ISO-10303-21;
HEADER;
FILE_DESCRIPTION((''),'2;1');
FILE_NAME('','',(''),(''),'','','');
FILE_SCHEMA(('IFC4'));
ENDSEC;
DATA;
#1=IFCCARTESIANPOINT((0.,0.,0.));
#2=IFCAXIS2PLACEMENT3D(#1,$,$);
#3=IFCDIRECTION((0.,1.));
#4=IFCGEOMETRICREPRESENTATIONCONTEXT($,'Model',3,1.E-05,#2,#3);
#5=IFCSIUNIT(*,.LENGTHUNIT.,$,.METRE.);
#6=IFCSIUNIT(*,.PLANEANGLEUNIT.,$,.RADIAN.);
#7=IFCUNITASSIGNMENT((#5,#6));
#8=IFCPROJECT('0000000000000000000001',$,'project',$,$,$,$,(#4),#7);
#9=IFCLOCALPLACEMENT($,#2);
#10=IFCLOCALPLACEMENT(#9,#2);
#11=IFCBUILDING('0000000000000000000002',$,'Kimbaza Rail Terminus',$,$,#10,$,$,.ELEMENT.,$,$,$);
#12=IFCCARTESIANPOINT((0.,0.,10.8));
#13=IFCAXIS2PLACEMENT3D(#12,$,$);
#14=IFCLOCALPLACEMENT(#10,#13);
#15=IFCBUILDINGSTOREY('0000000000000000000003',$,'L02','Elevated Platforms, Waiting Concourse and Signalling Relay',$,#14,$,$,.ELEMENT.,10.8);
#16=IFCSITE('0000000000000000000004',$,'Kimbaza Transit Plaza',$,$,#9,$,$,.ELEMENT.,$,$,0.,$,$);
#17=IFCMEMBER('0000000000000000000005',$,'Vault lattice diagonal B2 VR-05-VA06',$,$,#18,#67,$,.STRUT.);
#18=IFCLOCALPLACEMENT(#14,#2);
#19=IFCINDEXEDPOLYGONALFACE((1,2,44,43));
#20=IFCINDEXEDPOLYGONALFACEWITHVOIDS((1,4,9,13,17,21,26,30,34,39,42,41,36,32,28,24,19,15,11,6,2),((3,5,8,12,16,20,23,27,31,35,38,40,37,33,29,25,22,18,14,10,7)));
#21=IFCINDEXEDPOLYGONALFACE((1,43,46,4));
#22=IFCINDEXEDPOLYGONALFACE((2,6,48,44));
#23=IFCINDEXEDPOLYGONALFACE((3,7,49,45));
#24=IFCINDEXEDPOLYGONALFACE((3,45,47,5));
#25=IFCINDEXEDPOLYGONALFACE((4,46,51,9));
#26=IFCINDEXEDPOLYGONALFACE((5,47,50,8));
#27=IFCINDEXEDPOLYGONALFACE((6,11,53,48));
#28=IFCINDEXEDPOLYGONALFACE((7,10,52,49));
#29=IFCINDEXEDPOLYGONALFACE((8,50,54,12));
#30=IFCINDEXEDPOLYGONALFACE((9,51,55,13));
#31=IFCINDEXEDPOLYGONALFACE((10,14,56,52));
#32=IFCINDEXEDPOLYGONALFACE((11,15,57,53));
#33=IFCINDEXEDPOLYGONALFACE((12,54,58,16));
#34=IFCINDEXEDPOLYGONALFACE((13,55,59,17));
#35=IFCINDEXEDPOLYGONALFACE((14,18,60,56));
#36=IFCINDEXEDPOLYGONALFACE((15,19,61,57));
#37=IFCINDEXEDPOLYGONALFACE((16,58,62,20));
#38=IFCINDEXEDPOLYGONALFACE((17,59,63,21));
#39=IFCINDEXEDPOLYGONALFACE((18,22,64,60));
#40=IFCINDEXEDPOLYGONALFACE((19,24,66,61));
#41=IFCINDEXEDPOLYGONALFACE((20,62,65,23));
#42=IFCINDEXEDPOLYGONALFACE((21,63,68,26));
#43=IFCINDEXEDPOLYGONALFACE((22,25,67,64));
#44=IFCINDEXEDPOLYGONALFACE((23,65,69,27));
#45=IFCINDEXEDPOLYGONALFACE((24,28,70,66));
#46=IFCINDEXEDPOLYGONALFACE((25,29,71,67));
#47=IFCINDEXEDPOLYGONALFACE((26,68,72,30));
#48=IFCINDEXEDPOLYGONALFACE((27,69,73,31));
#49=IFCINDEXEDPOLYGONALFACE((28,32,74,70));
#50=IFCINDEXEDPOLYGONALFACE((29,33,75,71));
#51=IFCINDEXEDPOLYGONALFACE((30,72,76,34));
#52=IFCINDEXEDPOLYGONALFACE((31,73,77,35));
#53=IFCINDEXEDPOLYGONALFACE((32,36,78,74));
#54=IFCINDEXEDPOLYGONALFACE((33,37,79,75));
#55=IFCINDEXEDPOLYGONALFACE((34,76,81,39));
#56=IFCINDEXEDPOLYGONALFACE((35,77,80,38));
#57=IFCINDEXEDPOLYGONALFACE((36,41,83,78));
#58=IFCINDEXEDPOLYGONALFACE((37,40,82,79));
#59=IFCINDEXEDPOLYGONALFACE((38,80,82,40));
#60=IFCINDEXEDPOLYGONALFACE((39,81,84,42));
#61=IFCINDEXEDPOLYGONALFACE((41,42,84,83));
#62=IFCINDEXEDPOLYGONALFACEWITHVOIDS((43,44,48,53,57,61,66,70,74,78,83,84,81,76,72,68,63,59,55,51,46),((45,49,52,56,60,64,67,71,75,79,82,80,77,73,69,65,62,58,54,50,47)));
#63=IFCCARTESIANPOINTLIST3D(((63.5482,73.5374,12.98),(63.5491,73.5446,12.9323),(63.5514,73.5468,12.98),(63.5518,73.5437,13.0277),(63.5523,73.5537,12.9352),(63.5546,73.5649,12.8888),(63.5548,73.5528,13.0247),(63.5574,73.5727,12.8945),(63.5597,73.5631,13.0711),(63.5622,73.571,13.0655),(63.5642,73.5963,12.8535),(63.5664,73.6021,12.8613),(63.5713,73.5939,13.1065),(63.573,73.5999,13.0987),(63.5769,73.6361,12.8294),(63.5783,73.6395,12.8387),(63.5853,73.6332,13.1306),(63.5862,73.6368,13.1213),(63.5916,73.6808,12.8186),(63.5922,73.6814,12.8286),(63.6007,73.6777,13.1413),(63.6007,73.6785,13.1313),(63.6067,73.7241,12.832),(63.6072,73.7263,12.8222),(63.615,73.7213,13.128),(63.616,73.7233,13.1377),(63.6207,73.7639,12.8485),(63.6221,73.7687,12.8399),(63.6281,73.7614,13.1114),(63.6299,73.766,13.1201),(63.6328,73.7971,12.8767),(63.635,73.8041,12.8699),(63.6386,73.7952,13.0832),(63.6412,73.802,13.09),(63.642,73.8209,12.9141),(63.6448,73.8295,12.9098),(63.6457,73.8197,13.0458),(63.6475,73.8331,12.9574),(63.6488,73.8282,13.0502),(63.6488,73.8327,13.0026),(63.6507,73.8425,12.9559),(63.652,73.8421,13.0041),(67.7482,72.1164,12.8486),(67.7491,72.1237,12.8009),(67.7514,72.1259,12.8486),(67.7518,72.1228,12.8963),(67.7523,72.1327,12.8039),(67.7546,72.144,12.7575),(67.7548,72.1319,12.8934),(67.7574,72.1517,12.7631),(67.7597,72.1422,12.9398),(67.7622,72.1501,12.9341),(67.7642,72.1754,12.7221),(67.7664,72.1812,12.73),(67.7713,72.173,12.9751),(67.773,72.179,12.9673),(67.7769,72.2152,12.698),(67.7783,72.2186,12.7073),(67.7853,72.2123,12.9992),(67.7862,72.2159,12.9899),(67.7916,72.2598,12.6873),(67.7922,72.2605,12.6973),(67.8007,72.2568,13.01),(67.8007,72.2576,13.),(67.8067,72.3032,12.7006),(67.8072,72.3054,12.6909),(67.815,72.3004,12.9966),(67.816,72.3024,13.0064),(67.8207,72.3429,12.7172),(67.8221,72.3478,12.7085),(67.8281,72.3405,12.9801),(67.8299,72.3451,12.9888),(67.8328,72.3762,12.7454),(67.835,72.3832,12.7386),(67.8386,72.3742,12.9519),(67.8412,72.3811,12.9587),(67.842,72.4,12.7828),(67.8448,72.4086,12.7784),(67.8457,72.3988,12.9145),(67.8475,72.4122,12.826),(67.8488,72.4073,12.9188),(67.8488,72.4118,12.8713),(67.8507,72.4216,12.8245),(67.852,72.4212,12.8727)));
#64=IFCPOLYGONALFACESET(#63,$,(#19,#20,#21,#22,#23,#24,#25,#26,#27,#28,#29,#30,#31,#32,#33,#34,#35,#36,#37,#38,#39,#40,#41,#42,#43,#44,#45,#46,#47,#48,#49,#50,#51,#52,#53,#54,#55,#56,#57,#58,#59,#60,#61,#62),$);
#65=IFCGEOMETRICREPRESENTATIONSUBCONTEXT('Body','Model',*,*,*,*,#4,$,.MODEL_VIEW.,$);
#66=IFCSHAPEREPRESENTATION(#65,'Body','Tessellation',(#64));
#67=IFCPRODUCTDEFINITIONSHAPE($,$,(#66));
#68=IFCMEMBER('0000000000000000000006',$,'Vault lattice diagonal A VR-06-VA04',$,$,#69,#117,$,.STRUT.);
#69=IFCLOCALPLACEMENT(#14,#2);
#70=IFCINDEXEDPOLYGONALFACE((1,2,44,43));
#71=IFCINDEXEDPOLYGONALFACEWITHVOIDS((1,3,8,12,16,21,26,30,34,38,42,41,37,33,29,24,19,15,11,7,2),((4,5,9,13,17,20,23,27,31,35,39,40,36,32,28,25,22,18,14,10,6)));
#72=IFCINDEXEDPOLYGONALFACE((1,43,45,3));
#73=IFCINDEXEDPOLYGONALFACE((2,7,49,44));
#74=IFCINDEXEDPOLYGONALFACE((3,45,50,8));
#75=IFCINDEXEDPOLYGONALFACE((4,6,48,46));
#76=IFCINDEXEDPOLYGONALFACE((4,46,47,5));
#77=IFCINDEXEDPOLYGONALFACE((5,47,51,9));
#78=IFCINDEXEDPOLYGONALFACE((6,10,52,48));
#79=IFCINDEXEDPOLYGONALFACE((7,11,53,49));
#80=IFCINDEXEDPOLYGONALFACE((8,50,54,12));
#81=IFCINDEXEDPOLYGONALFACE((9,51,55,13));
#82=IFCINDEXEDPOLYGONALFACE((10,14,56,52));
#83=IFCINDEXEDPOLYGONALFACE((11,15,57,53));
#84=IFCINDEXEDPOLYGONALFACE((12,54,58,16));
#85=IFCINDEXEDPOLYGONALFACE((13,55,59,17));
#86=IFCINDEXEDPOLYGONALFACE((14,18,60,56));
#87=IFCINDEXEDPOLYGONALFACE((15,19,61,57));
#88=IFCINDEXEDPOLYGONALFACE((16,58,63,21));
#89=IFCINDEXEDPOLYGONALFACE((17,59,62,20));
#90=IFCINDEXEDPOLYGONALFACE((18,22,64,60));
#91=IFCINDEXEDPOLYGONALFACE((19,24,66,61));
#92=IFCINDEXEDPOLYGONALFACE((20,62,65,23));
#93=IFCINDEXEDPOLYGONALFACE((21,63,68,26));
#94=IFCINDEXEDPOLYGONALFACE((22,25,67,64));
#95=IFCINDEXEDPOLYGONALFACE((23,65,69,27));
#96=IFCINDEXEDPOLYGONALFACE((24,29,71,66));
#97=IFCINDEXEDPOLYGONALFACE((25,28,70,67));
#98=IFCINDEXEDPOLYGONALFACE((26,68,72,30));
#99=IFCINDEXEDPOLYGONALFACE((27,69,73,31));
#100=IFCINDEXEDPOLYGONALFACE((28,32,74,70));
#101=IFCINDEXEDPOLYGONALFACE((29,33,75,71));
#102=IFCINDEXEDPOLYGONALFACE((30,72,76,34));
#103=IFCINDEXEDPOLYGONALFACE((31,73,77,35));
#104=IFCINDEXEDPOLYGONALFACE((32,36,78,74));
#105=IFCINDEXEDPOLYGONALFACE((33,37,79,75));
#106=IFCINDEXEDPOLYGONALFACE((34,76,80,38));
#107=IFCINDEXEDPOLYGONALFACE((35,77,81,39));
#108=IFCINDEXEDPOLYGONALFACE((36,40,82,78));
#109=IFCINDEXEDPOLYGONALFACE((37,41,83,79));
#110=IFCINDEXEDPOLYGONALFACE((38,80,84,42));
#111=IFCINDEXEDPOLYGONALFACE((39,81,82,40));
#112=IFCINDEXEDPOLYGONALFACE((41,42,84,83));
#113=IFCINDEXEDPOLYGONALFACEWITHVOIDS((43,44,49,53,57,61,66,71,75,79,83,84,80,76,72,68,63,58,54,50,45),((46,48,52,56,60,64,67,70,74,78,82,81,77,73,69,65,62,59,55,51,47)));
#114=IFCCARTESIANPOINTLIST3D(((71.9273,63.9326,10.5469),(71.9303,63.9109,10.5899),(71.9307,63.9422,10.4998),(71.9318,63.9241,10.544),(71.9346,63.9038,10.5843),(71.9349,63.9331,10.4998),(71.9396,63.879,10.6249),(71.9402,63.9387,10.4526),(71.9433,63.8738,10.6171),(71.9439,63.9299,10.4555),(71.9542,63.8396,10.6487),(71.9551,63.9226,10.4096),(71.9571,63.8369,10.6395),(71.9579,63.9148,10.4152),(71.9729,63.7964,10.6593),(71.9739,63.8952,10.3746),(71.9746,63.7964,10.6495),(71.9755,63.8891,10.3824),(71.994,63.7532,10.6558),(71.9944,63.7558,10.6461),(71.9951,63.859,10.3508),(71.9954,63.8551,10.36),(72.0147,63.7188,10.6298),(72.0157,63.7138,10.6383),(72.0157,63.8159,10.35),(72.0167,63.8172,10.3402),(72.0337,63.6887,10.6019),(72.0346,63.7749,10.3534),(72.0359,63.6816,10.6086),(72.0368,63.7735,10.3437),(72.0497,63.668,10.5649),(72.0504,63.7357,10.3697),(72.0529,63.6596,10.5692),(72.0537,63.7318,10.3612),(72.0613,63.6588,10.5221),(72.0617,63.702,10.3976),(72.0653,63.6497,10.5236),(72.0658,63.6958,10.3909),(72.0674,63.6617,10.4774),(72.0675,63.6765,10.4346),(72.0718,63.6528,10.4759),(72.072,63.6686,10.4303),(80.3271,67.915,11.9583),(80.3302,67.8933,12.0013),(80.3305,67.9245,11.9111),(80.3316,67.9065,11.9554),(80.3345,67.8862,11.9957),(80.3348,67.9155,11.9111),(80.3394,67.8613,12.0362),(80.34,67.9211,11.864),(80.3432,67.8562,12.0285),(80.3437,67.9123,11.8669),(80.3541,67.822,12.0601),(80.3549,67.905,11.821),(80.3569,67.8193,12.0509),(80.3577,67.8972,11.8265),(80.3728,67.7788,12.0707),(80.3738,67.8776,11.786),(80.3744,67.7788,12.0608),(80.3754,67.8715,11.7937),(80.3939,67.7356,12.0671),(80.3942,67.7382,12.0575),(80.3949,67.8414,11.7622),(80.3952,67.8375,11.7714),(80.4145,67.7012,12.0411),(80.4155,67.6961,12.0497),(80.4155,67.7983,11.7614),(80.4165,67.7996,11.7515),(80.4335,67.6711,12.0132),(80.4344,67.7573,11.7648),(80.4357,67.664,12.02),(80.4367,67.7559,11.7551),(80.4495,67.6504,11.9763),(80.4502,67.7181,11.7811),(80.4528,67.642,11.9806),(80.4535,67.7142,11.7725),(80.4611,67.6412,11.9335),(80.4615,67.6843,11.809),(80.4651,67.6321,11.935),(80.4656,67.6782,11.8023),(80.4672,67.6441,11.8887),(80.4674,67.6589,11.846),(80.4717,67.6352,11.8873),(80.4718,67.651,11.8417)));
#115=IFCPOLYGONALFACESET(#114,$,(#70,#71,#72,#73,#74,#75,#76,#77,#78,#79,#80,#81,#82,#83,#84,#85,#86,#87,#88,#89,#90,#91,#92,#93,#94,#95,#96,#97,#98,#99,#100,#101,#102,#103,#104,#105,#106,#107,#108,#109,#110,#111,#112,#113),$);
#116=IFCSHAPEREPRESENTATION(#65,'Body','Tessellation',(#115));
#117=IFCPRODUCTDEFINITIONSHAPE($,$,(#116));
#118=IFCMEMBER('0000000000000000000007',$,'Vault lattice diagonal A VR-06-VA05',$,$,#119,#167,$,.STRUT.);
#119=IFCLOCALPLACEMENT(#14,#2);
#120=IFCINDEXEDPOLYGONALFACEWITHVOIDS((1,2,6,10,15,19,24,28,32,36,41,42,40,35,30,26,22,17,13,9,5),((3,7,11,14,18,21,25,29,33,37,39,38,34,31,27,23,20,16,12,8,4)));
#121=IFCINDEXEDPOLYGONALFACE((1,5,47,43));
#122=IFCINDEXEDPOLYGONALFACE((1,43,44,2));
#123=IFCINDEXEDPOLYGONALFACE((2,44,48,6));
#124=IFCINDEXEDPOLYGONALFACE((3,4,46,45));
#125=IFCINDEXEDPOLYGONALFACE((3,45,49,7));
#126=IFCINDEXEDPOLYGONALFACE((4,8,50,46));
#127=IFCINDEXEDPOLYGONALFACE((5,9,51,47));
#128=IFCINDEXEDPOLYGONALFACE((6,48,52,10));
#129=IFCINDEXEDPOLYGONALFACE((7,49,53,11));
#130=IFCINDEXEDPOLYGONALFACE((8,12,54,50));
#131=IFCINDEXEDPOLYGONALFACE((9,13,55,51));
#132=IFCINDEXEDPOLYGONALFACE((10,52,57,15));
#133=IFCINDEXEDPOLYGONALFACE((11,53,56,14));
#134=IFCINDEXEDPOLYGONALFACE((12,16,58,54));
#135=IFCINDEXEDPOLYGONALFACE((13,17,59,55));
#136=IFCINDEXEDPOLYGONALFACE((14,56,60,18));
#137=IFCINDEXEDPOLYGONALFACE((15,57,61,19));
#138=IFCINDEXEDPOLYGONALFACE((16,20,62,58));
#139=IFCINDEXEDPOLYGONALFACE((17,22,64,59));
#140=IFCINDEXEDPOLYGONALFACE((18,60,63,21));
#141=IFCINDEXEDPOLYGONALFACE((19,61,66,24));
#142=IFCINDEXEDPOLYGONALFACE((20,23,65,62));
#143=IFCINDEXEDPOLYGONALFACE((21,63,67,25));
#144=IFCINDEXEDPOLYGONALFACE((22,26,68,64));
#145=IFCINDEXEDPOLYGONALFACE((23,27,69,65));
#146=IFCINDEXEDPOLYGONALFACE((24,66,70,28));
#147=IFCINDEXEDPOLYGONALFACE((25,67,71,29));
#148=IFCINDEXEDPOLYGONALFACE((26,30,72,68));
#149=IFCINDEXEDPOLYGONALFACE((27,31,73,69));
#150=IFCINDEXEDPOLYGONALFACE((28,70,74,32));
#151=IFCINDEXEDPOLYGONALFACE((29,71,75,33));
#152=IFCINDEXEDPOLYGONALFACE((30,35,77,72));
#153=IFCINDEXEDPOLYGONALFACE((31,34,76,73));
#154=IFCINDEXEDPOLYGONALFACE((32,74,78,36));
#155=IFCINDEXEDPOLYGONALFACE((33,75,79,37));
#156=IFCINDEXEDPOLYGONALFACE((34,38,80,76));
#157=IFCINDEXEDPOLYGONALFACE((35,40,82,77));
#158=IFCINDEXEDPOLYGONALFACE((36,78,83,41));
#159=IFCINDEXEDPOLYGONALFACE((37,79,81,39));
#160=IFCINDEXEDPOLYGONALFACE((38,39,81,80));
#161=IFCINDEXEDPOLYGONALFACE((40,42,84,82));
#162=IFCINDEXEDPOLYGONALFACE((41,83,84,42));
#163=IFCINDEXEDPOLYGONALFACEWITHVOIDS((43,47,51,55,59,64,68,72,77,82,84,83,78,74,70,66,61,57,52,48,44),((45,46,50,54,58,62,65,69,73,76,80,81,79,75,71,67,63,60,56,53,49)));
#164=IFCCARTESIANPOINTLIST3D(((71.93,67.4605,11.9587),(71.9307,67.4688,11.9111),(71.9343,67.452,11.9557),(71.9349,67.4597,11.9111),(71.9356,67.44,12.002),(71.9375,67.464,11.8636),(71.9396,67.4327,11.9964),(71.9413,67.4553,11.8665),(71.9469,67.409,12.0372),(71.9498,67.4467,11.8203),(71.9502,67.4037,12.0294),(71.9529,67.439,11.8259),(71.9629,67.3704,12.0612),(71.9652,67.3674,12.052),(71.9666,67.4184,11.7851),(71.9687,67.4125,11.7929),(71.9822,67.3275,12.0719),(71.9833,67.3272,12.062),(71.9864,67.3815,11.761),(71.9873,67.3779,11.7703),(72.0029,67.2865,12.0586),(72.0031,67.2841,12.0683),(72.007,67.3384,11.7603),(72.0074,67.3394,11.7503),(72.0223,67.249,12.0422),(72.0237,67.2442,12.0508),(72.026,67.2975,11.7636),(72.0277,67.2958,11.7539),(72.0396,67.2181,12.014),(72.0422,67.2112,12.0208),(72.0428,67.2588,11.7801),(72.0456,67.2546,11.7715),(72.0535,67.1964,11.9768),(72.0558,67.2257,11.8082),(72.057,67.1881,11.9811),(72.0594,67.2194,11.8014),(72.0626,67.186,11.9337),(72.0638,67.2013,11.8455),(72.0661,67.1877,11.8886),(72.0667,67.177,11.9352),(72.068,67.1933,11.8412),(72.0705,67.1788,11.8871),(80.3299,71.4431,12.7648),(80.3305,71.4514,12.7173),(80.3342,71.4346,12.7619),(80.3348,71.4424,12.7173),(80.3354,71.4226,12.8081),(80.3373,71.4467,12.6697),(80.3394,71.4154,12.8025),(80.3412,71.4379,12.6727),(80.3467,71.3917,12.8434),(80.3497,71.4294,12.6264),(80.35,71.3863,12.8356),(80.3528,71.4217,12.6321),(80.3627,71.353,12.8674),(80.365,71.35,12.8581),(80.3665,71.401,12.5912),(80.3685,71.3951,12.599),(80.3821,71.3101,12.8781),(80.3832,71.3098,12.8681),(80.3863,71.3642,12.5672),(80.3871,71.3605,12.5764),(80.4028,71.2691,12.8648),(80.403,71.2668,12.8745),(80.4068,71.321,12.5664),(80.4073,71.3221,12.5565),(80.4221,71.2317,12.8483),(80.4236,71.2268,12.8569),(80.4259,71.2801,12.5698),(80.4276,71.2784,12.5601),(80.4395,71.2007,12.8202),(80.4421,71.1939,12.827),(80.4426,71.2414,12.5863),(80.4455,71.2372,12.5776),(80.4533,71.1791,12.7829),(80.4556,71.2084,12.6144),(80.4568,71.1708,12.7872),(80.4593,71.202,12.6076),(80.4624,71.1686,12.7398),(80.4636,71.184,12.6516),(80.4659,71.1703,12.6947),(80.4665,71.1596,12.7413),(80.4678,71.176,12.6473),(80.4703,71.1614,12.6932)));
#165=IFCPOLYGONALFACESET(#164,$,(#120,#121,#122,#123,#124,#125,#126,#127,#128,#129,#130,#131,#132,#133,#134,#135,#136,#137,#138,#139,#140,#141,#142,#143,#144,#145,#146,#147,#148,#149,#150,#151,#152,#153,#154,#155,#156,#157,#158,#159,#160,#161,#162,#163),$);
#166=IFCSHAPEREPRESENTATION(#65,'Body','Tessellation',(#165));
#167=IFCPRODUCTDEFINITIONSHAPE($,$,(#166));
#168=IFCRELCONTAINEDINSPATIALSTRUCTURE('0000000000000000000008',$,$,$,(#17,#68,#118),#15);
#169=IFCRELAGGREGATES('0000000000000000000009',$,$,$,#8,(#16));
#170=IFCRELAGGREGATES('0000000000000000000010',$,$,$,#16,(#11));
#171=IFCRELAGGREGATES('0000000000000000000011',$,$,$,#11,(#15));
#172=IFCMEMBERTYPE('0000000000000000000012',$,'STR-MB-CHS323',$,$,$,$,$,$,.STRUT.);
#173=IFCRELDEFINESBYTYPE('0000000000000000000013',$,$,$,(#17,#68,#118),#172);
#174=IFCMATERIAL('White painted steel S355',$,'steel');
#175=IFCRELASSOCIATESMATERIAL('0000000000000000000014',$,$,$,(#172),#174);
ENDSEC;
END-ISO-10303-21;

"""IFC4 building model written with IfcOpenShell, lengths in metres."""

from ifc_helpers import new_model, si_unit, direction, frame, origin, origin_2d, place, context, subcontext, project, spatial, hollow_circle, extrude, material, material_profile, profile_set, type_object, element, save


model = new_model("IFC4")

# Units and contexts
model_context = context("Model", 3, precision=1e-05, world=origin(), true_north=direction((0.0, 1.0)))
body_context = subcontext(model_context, "Body", "Model", "MODEL_VIEW")
ifc_project = project(units=[si_unit("LENGTHUNIT", "METRE"), si_unit("PLANEANGLEUNIT", "RADIAN")], contexts=[model_context])

# Site, building, storey
site_placement = place(None, origin())
site = spatial("IfcSite", under=ifc_project, at=site_placement, Name="Kimbaza Transit Plaza", CompositionType="ELEMENT", RefElevation=0.0)
building_placement = place(site_placement, origin())
building = spatial("IfcBuilding", under=site, at=building_placement, Name="Kimbaza Rail Terminus", CompositionType="ELEMENT")
storey_placement = place(building_placement, frame((0.0, 0.0, 10.8)))
storey = spatial("IfcBuildingStorey", under=building, at=storey_placement, Name="L02", Description="Elevated Platforms, Waiting Concourse and Signalling Relay", CompositionType="ELEMENT", Elevation=10.8)

# Members
ifc_material_1 = material(Name="White painted steel S355", Category="steel")
ifc_material_profile_1 = material_profile(ifc_material_1, hollow_circle(Radius=0.1619, WallThickness=0.01, at=origin_2d()), Name="CHS 323.9x10")
ifc_profile_set_1 = profile_set([ifc_material_profile_1], Name="White painted steel S355")
member_type_1 = type_object("IfcMemberType", Name="STR-MB-CHS323", PredefinedType="STRUT", material=ifc_profile_set_1)
member_1_placement = place(storey_placement, frame((67.8, 72.2698, 12.8486), z_axis=(-0.946843, 0.320329, 0.029611), x_axis=(-0.32047, -0.947259, 0.0)))
element("IfcMember", 1, at=member_1_placement, inside=storey, type_object=member_type_1, Name="Vault lattice diagonal B2 VR-05-VA06", PredefinedType="STRUT", context=body_context, shape_type="SweptSolid", body=[
    extrude(hollow_circle(Radius=0.1619, WallThickness=0.01, at=origin_2d()), origin(), (0.0, 0.0, 1.0), 4.4358),
])
member_2_placement = place(storey_placement, frame((72.0, 63.7959, 10.4998), z_axis=(0.893354, 0.423542, 0.150104), x_axis=(-0.428396, 0.903591, 0.0)))
element("IfcMember", 2, at=member_2_placement, inside=storey, type_object=member_type_1, Name="Vault lattice diagonal A VR-06-VA04", PredefinedType="STRUT", context=body_context, shape_type="SweptSolid", body=[
    extrude(hollow_circle(Radius=0.1619, WallThickness=0.01, at=origin_2d()), origin(), (0.0, 0.0, 1.0), 9.4026),
])
member_3_placement = place(storey_placement, frame((72.0, 67.3225, 11.9111), z_axis=(0.900203, 0.426815, 0.086394), x_axis=(-0.428417, 0.903581, 0.0)))
element("IfcMember", 3, at=member_3_placement, inside=storey, type_object=member_type_1, Name="Vault lattice diagonal A VR-06-VA05", PredefinedType="STRUT", context=body_context, shape_type="SweptSolid", body=[
    extrude(hollow_circle(Radius=0.1619, WallThickness=0.01, at=origin_2d()), origin(), (0.0, 0.0, 1.0), 9.3311),
])

save(model, "model.ifc")
